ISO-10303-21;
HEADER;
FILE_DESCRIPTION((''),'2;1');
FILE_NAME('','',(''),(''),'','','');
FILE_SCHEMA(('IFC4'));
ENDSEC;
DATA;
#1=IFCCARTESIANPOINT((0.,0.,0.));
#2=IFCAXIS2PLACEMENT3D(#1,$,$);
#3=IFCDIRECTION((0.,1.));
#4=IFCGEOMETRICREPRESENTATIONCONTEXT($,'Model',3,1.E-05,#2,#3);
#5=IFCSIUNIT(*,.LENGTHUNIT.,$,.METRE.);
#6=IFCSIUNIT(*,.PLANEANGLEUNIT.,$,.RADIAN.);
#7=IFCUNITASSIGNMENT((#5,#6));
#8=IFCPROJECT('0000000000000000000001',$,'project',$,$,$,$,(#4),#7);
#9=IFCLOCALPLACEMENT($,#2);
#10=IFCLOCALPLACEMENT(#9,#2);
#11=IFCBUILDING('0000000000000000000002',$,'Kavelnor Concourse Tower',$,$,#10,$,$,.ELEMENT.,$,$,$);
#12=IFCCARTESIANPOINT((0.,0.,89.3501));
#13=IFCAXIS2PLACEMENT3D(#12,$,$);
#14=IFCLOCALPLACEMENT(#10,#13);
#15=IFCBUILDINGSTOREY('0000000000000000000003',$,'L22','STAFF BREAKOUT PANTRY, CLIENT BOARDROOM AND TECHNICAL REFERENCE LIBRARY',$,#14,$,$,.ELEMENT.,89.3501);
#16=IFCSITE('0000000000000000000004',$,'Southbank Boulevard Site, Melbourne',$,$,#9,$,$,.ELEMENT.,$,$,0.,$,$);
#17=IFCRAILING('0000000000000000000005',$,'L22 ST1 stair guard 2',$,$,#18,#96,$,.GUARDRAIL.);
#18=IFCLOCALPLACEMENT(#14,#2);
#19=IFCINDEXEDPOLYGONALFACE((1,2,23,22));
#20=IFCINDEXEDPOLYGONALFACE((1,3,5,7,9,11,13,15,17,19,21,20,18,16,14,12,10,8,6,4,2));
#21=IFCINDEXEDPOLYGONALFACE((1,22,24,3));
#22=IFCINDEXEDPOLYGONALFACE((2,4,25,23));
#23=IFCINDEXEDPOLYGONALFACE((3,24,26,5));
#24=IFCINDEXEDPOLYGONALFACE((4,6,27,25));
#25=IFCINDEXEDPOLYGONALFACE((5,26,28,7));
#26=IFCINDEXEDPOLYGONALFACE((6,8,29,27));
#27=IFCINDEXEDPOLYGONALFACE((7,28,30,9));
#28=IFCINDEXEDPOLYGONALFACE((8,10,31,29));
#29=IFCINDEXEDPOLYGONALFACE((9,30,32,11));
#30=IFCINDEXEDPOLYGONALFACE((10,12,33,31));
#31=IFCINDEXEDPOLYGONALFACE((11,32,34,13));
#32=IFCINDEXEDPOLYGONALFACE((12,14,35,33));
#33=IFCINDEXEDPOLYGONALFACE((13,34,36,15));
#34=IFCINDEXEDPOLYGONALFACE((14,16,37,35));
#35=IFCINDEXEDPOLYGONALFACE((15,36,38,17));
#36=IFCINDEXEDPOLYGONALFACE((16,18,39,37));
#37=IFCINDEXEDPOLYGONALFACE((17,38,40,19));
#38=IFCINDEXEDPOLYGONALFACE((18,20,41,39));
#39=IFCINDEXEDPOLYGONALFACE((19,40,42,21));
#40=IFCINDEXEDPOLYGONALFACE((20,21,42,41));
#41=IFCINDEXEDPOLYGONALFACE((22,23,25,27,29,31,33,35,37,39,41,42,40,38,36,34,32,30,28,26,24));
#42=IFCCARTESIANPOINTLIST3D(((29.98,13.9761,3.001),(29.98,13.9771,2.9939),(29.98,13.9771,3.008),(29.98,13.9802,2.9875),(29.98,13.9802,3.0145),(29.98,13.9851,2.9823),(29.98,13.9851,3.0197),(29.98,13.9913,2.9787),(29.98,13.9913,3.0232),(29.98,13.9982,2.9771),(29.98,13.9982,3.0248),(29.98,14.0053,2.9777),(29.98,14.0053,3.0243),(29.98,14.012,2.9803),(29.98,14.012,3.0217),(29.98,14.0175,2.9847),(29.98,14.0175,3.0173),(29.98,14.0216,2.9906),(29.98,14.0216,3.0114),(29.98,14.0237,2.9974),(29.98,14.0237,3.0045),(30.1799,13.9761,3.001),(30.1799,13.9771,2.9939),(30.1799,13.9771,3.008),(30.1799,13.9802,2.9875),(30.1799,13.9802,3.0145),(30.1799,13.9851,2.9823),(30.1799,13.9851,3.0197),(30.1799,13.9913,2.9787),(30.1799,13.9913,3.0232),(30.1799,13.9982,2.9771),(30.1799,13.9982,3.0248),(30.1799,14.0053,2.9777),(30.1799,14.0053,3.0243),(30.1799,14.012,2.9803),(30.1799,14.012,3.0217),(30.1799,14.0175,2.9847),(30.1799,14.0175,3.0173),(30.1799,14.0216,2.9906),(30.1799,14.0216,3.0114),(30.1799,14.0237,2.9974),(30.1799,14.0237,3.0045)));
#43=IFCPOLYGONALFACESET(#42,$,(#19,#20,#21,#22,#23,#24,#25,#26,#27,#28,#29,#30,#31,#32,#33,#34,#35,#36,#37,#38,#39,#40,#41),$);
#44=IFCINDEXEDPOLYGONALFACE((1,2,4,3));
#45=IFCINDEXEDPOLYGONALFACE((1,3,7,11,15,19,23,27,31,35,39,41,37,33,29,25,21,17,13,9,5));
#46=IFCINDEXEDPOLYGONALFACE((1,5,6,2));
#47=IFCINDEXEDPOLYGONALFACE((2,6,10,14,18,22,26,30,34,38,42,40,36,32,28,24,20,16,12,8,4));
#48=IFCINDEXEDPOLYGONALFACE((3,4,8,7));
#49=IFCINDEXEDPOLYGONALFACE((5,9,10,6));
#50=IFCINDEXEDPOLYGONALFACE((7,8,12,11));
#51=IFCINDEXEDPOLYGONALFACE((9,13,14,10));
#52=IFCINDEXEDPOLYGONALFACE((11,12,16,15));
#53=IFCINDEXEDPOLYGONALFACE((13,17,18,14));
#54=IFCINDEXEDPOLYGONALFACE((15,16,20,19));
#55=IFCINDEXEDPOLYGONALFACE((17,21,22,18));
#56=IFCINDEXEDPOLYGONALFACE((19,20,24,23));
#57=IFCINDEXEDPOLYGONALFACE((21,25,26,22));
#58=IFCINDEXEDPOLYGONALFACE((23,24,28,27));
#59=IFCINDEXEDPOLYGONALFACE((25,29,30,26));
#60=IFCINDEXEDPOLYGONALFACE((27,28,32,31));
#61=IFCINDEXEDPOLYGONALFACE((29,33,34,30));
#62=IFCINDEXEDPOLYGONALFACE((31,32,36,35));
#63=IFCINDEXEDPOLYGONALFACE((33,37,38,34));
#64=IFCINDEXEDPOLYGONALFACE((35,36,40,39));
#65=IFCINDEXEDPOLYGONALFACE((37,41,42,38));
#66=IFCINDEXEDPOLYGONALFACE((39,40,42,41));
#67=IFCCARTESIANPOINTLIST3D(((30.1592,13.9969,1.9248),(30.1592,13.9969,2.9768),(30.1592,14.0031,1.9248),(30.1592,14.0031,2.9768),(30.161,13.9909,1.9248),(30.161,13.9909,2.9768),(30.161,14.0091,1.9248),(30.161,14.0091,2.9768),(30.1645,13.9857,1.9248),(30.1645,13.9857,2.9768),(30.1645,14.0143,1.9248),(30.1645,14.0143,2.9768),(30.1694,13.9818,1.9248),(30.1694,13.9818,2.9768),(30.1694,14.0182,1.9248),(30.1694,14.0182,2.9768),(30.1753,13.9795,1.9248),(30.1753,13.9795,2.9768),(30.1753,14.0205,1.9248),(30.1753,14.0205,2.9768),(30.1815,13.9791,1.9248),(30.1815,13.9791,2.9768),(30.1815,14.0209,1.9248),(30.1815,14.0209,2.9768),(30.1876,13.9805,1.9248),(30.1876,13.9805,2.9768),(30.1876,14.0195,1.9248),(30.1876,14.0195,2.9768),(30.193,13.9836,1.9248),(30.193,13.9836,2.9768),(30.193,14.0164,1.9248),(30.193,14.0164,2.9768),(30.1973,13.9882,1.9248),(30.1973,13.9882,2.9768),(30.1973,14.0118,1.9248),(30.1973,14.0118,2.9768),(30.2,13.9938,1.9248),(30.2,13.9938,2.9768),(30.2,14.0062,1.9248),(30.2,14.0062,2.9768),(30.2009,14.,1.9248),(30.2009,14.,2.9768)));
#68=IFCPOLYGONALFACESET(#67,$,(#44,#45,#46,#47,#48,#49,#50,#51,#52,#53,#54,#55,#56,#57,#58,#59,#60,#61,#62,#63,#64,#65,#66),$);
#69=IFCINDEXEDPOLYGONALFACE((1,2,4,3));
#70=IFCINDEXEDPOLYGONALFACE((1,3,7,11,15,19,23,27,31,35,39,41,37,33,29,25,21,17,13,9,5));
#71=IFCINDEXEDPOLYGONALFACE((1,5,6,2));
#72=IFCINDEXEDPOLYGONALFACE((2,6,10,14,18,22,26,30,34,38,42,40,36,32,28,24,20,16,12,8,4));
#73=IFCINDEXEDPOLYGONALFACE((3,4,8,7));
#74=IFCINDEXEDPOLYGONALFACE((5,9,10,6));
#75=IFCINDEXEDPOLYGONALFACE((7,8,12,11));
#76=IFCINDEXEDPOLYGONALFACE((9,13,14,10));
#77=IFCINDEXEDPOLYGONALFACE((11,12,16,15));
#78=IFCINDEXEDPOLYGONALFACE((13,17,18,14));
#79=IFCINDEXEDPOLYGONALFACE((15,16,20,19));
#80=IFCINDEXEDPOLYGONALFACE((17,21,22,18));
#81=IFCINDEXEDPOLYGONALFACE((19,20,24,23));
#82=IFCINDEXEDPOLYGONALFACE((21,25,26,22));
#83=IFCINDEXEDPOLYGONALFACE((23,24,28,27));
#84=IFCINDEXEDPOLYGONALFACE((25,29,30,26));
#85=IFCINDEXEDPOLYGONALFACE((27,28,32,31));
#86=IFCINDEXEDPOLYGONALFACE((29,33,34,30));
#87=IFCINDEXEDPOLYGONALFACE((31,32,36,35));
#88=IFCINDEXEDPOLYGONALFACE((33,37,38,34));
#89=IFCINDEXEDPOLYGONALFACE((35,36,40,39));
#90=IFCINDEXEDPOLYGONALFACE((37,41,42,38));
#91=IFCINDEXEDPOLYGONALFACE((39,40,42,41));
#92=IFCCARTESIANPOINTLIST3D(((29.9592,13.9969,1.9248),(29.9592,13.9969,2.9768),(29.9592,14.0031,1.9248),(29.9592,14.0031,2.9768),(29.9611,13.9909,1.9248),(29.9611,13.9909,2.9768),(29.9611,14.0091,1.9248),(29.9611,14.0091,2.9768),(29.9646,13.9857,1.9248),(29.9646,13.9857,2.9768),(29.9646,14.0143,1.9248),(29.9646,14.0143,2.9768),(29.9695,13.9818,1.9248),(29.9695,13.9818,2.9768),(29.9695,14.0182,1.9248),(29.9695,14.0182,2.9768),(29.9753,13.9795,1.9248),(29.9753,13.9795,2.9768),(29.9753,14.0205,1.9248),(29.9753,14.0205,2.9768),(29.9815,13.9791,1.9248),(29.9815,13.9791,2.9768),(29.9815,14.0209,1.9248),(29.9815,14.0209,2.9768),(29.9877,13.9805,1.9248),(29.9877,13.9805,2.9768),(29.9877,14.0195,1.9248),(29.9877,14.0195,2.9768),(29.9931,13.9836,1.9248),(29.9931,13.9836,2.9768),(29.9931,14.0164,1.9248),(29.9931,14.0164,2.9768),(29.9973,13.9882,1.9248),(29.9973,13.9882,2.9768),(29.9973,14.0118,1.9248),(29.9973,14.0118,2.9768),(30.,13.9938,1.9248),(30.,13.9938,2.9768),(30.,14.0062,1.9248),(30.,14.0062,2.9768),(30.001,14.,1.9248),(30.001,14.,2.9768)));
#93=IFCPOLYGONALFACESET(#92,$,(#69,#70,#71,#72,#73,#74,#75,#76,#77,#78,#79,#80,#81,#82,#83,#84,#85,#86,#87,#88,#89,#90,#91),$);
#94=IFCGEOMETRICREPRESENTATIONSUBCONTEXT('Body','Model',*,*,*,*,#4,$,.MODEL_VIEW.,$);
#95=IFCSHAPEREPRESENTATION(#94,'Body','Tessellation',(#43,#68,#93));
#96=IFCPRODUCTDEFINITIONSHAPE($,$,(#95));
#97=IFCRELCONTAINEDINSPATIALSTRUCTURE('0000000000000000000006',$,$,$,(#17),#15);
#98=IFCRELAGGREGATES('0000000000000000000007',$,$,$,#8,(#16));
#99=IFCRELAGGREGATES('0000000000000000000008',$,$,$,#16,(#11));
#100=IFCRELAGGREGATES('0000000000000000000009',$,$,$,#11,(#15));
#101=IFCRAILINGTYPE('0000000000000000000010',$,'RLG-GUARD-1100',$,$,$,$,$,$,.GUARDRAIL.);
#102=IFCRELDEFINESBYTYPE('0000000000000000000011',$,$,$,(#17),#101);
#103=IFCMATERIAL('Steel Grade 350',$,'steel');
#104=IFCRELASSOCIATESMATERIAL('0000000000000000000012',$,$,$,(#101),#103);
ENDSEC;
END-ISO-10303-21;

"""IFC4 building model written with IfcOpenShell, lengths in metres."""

from ifc_helpers import new_model, si_unit, direction, frame, origin, origin_2d, place, context, subcontext, project, spatial, circle, extrude, material, type_object, element, save


model = new_model("IFC4")

# Units and contexts
model_context = context("Model", 3, precision=1e-05, world=origin(), true_north=direction((0.0, 1.0)))
body_context = subcontext(model_context, "Body", "Model", "MODEL_VIEW")
ifc_project = project(units=[si_unit("LENGTHUNIT", "METRE"), si_unit("PLANEANGLEUNIT", "RADIAN")], contexts=[model_context])

# Site, building, storey
site_placement = place(None, origin())
site = spatial("IfcSite", under=ifc_project, at=site_placement, Name="Southbank Boulevard Site, Melbourne", CompositionType="ELEMENT", RefElevation=0.0)
building_placement = place(site_placement, origin())
building = spatial("IfcBuilding", under=site, at=building_placement, Name="Kavelnor Concourse Tower", CompositionType="ELEMENT")
storey_placement = place(building_placement, frame((0.0, 0.0, 89.3501)))
storey = spatial("IfcBuildingStorey", under=building, at=storey_placement, Name="L22", Description="STAFF BREAKOUT PANTRY, CLIENT BOARDROOM AND TECHNICAL REFERENCE LIBRARY", CompositionType="ELEMENT", Elevation=89.3501)

# Shared definitions
ifc_material_1 = material(Name="Steel Grade 350", Category="steel")

# Railing
railing_type_1 = type_object("IfcRailingType", Name="RLG-GUARD-1100", PredefinedType="GUARDRAIL", material=ifc_material_1)
railing_1_placement = place(storey_placement, frame((30.1799, 14.0, 1.9248)))
element("IfcRailing", 1, at=railing_1_placement, inside=storey, type_object=railing_type_1, Name="L22 ST1 stair guard 2", PredefinedType="GUARDRAIL", context=body_context, shape_type="SweptSolid", body=[
    extrude(circle(Radius=0.0239, at=origin_2d()), frame((0.0, 0.0, 1.0762), z_axis=(-1.0, 0.0, 0.0), x_axis=(0.0, -1.0, 0.0)), (0.0, 0.0, 1.0), 0.2),
    extrude(circle(Radius=0.021, at=origin_2d()), origin(), (0.0, 0.0, 1.0), 1.052),
    extrude(circle(Radius=0.021, at=origin_2d()), frame((-0.2, 0.0, 0.0)), (0.0, 0.0, 1.0), 1.052),
])

save(model, "model.ifc")
